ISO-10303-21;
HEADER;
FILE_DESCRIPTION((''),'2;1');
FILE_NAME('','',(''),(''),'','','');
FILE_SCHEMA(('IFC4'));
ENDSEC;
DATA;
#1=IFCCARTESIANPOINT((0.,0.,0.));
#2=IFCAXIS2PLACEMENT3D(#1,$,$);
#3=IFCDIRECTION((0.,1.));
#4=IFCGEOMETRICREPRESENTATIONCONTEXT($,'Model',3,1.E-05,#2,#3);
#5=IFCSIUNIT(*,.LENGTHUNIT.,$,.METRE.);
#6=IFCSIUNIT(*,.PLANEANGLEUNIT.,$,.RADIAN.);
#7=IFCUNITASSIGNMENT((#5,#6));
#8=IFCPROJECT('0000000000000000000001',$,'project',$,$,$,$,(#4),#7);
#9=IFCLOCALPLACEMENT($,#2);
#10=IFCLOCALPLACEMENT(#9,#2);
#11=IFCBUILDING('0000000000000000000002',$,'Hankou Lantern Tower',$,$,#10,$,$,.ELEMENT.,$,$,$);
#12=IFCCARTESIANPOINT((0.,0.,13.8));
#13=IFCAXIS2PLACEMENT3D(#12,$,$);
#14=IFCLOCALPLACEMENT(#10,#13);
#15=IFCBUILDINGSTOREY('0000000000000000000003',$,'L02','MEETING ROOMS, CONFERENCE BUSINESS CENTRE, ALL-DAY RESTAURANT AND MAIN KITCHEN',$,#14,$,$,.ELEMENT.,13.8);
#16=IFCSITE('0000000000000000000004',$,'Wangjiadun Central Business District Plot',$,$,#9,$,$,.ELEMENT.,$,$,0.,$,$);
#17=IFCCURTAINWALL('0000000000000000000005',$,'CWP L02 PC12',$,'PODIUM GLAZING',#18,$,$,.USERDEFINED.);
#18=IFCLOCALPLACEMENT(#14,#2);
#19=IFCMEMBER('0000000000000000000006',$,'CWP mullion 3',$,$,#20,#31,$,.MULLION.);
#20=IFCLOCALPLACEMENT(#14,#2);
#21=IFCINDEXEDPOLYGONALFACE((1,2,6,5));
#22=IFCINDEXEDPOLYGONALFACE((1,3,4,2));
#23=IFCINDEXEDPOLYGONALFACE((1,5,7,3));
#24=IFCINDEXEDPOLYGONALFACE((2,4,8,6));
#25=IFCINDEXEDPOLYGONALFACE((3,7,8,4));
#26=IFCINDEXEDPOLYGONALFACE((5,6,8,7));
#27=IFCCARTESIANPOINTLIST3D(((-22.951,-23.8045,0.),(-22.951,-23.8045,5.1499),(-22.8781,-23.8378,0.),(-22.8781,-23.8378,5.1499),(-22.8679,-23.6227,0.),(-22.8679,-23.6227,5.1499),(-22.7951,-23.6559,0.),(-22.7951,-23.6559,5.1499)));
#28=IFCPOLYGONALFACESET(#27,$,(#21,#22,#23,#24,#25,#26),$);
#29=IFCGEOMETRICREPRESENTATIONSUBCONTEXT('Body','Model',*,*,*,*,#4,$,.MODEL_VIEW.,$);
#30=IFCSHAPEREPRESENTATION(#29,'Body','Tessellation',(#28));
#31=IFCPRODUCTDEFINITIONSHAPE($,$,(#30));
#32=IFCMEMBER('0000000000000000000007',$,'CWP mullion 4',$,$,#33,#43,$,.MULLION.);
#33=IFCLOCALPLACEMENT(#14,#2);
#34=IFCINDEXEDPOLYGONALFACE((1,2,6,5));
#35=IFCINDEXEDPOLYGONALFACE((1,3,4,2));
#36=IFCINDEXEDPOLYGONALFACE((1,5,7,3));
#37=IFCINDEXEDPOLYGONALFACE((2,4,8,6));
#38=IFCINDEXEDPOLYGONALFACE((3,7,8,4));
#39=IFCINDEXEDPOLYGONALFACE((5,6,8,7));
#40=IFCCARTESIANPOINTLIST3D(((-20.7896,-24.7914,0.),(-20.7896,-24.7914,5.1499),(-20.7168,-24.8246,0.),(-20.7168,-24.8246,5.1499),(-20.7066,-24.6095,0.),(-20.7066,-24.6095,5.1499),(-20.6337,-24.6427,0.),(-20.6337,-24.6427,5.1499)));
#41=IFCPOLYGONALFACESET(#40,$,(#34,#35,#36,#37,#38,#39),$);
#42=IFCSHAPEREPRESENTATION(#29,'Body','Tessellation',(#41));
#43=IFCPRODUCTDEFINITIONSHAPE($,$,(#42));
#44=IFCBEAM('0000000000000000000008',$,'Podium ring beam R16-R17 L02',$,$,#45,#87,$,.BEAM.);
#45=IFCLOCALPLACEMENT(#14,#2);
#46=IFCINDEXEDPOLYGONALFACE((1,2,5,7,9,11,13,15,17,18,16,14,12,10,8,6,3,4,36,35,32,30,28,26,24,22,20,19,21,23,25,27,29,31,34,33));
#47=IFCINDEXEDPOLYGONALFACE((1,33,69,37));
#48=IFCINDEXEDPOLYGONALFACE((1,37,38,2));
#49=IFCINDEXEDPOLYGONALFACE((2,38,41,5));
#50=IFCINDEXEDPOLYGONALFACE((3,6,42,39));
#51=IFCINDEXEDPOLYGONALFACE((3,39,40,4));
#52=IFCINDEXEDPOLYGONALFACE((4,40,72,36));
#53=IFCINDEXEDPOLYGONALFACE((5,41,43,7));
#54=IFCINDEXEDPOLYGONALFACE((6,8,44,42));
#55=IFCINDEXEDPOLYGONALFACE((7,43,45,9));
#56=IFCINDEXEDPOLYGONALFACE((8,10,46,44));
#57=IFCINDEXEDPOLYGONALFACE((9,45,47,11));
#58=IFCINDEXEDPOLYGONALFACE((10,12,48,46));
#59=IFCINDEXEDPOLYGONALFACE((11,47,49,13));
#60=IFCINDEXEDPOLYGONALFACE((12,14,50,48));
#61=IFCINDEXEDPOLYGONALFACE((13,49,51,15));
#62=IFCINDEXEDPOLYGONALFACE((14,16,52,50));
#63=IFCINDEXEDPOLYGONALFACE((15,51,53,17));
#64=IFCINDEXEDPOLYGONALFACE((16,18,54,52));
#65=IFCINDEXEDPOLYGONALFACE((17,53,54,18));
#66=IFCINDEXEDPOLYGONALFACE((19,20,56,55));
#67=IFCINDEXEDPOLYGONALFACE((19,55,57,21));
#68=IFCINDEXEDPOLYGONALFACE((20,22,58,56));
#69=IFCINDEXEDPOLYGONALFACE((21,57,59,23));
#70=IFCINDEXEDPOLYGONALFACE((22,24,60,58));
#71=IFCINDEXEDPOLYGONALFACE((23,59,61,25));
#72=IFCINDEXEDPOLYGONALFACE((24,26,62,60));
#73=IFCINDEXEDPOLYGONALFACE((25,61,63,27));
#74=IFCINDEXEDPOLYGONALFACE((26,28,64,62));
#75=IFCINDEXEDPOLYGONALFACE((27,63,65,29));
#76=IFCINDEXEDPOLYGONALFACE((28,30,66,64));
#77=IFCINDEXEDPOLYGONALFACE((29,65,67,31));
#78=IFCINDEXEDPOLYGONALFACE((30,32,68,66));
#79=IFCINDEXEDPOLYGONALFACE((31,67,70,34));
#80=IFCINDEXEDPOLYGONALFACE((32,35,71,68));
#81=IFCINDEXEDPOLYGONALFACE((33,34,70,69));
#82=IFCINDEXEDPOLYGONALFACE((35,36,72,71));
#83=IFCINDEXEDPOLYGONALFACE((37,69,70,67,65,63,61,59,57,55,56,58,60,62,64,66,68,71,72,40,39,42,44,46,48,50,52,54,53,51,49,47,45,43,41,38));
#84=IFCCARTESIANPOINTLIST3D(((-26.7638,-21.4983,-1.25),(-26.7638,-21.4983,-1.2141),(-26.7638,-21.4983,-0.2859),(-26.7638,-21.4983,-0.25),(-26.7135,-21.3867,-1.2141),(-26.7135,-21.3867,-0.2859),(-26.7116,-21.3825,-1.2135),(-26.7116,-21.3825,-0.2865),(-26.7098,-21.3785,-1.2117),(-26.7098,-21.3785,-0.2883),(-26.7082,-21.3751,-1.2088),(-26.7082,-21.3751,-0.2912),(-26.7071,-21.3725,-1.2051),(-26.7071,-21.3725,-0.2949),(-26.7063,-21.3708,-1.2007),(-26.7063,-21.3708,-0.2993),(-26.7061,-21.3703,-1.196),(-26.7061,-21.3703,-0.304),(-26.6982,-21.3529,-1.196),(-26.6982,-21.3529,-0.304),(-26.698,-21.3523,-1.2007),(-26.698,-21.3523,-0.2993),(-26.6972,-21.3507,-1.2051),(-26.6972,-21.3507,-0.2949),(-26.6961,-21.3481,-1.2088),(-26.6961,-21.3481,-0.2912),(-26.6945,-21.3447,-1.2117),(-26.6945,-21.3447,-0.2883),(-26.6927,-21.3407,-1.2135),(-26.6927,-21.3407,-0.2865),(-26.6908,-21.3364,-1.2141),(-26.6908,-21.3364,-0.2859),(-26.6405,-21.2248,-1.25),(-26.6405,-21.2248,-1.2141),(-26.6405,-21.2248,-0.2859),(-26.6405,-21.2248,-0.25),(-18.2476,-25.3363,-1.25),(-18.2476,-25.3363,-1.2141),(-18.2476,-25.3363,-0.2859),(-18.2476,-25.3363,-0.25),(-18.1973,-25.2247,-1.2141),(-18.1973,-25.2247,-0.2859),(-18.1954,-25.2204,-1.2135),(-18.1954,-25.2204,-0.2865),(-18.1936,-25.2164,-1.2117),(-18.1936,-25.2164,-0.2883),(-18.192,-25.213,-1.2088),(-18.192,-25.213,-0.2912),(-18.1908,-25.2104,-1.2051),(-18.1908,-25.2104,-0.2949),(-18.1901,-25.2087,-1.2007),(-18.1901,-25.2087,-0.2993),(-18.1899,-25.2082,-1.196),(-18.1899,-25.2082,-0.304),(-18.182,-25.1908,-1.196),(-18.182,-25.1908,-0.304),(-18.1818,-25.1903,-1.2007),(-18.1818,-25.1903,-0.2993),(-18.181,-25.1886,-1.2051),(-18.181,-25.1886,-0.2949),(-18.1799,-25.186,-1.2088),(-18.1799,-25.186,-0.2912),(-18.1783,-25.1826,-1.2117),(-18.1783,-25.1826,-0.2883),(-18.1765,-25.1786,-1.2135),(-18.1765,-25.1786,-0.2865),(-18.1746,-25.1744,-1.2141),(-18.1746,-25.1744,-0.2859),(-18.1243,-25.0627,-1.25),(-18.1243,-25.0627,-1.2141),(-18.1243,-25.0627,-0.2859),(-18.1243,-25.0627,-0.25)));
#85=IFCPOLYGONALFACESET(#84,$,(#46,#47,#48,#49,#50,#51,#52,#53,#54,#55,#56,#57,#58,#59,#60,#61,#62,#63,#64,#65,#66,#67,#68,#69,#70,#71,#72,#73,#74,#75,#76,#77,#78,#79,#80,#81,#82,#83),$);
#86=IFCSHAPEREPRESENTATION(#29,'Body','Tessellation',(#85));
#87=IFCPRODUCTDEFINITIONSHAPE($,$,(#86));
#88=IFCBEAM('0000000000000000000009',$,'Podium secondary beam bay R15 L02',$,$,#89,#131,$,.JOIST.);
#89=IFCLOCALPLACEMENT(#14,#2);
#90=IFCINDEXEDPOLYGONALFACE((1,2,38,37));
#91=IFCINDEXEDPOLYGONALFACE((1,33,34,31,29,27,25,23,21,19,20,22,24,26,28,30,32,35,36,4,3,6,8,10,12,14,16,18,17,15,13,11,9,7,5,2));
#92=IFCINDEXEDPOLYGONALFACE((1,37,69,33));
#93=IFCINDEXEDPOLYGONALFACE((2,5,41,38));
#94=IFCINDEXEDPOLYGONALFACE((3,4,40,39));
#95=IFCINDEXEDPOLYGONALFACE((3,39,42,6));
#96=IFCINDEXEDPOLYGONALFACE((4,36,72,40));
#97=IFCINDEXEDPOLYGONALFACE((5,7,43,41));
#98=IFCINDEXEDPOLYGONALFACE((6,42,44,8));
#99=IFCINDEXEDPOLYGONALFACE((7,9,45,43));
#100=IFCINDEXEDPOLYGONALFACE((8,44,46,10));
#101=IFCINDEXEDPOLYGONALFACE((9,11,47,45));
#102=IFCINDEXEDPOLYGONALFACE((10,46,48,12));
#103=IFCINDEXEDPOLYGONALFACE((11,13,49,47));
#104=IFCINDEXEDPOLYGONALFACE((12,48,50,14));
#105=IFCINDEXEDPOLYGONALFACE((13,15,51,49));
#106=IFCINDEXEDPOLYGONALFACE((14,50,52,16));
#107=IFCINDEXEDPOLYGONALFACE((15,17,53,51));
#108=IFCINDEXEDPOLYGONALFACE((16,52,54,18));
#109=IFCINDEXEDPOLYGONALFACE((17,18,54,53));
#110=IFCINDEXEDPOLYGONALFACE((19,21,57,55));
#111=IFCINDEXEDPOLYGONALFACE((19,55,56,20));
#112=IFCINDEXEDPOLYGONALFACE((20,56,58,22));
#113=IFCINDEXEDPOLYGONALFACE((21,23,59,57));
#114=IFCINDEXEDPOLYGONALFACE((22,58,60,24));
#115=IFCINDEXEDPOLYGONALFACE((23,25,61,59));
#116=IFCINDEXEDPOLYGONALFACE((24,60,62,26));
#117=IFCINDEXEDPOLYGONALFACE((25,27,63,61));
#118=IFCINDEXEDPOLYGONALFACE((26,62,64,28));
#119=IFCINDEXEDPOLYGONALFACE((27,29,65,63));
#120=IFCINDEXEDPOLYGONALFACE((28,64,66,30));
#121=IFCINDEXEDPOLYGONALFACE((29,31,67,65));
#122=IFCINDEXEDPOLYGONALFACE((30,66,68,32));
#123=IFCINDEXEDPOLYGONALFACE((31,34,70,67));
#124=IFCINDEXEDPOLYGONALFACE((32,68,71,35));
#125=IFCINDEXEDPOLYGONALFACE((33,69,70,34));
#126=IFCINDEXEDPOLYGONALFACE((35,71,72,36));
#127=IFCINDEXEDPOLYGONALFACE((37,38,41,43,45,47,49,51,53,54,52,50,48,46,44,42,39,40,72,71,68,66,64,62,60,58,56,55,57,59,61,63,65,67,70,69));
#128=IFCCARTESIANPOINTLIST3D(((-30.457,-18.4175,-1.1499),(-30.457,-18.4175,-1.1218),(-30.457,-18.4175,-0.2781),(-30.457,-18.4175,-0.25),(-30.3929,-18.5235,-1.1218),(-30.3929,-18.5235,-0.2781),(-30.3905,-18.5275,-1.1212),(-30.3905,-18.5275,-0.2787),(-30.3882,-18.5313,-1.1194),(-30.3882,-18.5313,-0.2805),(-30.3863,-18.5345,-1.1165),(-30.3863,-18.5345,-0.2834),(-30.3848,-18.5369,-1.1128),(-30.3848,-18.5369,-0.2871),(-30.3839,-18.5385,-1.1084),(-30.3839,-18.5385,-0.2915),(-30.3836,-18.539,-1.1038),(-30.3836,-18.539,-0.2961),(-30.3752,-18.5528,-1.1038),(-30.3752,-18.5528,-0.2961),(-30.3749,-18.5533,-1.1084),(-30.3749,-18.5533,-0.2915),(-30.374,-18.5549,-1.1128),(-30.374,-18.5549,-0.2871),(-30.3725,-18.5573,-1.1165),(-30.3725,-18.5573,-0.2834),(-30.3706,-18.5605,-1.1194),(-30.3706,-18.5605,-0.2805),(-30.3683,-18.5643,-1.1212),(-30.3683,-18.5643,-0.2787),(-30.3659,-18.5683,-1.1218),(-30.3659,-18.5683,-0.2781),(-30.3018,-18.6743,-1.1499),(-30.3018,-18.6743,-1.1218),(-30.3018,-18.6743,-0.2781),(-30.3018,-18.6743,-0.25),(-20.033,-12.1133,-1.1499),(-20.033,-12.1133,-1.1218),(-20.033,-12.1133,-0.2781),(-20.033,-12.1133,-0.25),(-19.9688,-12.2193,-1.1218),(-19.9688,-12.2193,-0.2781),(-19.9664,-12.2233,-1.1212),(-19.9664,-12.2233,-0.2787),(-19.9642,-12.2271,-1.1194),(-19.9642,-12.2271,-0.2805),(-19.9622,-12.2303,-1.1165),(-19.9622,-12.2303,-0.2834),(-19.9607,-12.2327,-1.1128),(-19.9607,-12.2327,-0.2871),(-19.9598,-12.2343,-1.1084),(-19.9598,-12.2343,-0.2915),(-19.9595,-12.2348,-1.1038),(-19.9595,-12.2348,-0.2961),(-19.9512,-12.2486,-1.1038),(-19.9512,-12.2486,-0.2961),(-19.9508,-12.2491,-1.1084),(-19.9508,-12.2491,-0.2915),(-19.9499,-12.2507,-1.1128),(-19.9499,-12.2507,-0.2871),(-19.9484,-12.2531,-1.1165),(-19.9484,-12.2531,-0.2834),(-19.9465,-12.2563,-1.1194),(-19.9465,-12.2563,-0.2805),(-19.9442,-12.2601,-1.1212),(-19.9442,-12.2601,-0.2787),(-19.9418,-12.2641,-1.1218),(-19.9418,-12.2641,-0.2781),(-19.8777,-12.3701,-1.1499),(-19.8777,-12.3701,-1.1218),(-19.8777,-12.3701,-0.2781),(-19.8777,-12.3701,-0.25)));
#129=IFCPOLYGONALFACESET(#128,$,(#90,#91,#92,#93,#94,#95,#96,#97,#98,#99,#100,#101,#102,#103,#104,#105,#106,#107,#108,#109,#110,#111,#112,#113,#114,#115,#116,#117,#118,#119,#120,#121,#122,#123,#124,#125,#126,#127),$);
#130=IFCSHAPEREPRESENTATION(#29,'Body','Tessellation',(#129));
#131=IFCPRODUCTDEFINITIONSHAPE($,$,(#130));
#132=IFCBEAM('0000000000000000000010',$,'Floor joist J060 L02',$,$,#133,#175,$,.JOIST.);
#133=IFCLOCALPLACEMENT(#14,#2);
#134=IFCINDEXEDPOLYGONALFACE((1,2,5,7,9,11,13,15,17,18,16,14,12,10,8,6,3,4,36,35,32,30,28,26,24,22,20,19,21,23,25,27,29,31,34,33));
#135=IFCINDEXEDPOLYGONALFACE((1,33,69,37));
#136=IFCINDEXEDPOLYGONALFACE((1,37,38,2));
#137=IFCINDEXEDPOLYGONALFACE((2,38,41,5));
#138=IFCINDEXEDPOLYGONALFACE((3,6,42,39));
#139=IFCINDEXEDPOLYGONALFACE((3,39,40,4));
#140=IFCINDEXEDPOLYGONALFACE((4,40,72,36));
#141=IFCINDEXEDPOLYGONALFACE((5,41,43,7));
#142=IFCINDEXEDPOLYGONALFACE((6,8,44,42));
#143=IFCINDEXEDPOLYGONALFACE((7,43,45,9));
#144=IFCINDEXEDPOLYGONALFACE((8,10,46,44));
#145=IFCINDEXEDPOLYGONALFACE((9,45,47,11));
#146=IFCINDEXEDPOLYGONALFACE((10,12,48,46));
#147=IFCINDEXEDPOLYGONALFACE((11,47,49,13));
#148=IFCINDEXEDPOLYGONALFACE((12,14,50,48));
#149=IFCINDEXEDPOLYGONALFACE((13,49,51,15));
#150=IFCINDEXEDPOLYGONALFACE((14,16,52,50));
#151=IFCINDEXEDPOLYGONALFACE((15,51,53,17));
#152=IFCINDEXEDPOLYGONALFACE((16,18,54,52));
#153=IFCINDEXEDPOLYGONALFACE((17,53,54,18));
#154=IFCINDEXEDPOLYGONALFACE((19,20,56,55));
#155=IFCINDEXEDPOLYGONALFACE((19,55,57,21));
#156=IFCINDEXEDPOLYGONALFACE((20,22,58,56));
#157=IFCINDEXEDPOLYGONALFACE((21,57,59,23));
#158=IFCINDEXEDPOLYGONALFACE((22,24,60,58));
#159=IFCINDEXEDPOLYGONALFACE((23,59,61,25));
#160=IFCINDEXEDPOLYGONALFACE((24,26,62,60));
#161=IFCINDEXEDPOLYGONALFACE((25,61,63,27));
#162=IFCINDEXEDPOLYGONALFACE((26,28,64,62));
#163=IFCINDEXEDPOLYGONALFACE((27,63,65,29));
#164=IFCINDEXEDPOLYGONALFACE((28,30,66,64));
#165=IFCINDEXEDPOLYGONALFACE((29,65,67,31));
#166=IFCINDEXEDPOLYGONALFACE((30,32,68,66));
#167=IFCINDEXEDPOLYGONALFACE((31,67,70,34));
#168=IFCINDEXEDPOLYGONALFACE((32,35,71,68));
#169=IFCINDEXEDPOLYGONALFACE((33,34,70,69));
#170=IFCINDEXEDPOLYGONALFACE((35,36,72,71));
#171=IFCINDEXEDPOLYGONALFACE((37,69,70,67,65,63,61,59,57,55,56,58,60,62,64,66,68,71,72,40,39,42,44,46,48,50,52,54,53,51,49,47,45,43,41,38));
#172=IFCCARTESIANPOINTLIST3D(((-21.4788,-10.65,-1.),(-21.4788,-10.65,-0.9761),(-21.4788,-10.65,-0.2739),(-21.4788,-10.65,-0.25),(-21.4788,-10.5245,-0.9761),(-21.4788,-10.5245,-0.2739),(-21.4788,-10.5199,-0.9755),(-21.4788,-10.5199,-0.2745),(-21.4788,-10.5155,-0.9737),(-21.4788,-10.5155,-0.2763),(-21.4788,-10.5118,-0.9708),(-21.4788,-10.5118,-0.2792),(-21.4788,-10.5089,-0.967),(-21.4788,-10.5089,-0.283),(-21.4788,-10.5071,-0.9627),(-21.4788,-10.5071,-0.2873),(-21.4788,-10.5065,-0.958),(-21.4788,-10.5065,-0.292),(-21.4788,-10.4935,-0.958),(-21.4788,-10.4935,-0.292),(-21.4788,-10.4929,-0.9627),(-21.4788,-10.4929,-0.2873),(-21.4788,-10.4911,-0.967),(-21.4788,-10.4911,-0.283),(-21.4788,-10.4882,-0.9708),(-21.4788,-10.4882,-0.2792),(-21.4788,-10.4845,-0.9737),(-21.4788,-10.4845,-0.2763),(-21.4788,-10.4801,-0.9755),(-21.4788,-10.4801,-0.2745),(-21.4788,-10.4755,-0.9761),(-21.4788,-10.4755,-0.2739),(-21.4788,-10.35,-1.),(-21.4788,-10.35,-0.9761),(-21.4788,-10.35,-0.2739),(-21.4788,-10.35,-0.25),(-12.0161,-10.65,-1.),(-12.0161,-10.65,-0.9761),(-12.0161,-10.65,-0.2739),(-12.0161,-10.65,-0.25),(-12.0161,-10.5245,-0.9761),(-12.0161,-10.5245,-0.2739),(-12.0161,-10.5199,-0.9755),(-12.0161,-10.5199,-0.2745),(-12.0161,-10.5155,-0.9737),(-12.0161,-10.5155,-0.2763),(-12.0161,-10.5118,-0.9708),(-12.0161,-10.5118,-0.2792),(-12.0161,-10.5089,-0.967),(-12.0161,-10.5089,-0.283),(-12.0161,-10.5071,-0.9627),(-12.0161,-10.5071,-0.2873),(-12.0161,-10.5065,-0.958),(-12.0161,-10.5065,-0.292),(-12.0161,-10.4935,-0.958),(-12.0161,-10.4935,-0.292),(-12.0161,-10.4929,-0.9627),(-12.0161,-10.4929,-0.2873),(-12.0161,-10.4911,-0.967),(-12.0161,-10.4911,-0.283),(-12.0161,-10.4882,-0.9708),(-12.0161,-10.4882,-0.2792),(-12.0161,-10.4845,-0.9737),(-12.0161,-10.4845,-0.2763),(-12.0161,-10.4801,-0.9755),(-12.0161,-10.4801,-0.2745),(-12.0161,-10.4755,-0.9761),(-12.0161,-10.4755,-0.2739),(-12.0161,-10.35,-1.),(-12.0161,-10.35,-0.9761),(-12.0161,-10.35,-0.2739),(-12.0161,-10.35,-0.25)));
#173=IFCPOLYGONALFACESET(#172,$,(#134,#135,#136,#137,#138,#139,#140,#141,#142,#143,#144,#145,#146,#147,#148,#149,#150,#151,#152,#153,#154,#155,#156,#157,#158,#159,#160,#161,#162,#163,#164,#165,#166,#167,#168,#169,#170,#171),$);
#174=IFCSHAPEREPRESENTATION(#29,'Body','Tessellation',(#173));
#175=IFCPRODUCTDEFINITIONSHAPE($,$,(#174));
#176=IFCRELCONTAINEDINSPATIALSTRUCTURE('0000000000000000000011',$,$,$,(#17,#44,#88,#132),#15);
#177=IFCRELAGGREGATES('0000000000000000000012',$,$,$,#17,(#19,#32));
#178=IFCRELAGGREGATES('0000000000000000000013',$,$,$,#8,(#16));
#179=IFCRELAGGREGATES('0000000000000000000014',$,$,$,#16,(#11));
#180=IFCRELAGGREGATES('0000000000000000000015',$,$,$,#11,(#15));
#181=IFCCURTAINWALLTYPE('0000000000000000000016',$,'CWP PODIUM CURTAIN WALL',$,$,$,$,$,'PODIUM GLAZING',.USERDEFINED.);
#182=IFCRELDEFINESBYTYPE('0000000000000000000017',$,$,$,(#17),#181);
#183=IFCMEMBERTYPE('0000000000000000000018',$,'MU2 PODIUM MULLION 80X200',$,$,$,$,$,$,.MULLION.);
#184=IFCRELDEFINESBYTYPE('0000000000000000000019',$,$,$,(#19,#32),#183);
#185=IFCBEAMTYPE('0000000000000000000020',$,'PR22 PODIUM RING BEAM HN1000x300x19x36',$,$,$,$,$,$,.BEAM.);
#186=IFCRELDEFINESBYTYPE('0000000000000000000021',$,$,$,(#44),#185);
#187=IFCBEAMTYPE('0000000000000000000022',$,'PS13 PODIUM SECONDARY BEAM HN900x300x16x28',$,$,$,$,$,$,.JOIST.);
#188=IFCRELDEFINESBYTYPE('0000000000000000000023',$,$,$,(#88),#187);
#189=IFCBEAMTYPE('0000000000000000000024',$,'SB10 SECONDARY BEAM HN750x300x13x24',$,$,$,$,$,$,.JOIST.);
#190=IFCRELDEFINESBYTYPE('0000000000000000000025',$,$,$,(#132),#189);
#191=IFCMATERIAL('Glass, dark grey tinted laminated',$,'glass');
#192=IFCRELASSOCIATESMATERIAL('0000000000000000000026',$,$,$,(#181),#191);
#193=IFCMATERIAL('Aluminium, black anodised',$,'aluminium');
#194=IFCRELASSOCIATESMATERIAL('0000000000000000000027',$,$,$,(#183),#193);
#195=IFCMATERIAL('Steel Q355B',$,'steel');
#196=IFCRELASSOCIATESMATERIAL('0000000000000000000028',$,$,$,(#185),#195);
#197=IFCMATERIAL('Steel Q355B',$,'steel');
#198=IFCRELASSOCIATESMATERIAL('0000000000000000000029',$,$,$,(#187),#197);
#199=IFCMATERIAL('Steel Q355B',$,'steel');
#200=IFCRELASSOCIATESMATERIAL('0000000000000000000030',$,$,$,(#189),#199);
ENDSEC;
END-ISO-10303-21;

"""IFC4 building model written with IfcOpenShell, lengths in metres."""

from ifc_helpers import new_model, si_unit, direction, frame, origin, origin_2d, place, context, subcontext, project, spatial, rectangle, i_section, extrude, material, material_profile, profile_set, type_object, element, aggregate, save


model = new_model("IFC4")

# Units and contexts
model_context = context("Model", 3, precision=1e-05, world=origin(), true_north=direction((0.0, 1.0)))
body_context = subcontext(model_context, "Body", "Model", "MODEL_VIEW")
ifc_project = project(units=[si_unit("LENGTHUNIT", "METRE"), si_unit("PLANEANGLEUNIT", "RADIAN")], contexts=[model_context])

# Site, building, storey
site_placement = place(None, origin())
site = spatial("IfcSite", under=ifc_project, at=site_placement, Name="Wangjiadun Central Business District Plot", CompositionType="ELEMENT", RefElevation=0.0)
building_placement = place(site_placement, origin())
building = spatial("IfcBuilding", under=site, at=building_placement, Name="Hankou Lantern Tower", CompositionType="ELEMENT")
storey_placement = place(building_placement, frame((0.0, 0.0, 13.8)))
storey = spatial("IfcBuildingStorey", under=building, at=storey_placement, Name="L02", Description="MEETING ROOMS, CONFERENCE BUSINESS CENTRE, ALL-DAY RESTAURANT AND MAIN KITCHEN", CompositionType="ELEMENT", Elevation=13.8)

# Curtain wall, members
ifc_material_1 = material(Name="Glass, dark grey tinted laminated", Category="glass")
curtain_wall_type = type_object("IfcCurtainWallType", Name="CWP PODIUM CURTAIN WALL", ElementType="PODIUM GLAZING", PredefinedType="USERDEFINED", material=ifc_material_1)
curtain_wall_placement = place(storey_placement, origin())
curtain_wall = element("IfcCurtainWall", 1, at=curtain_wall_placement, inside=storey, type_object=curtain_wall_type, Name="CWP L02 PC12", ObjectType="PODIUM GLAZING", PredefinedType="USERDEFINED")
ifc_material_2 = material(Name="Aluminium, black anodised", Category="aluminium")
ifc_material_profile_1 = material_profile(ifc_material_2, rectangle(XDim=0.0801, YDim=0.2, at=origin_2d()), Name="MU2 80X200")
ifc_profile_set_1 = profile_set([ifc_material_profile_1], Name="Aluminium, black anodised")
member_type_1 = type_object("IfcMemberType", Name="MU2 PODIUM MULLION 80X200", PredefinedType="MULLION", material=ifc_profile_set_1)
member_1_placement = place(storey_placement, frame((-22.873, -23.7302, 0.0), z_axis=(0.0, 0.0, 1.0), x_axis=(0.90967, -0.415332, 0.0)))
member_1 = element("IfcMember", 2, at=member_1_placement, type_object=member_type_1, Name="CWP mullion 3", PredefinedType="MULLION", context=body_context, shape_type="SweptSolid", body=[
    extrude(rectangle(XDim=0.0801, YDim=0.2, at=origin_2d()), origin(), (0.0, 0.0, 1.0), 5.1499),
])
member_2_placement = place(storey_placement, frame((-20.7117, -24.717, 0.0), z_axis=(0.0, 0.0, 1.0), x_axis=(0.90967, -0.415332, 0.0)))
member_2 = element("IfcMember", 3, at=member_2_placement, type_object=member_type_1, Name="CWP mullion 4", PredefinedType="MULLION", context=body_context, shape_type="SweptSolid", body=[
    extrude(rectangle(XDim=0.0801, YDim=0.2, at=origin_2d()), origin(), (0.0, 0.0, 1.0), 5.1499),
])

# Beams
ifc_material_3 = material(Name="Steel Q355B", Category="steel")
ifc_material_profile_2 = material_profile(ifc_material_3, i_section(OverallWidth=0.3, OverallDepth=1.0, WebThickness=0.019, FlangeThickness=0.0359, FilletRadius=0.0181, at=origin_2d()), Name="HN1000x300x19x36")
ifc_profile_set_2 = profile_set([ifc_material_profile_2], Name="Steel Q355B")
beam_type_1 = type_object("IfcBeamType", Name="PR22 PODIUM RING BEAM HN1000x300x19x36", PredefinedType="BEAM", material=ifc_profile_set_2)
beam_1_placement = place(storey_placement, frame((-26.7021, -21.3616, -0.75), z_axis=(0.911695, -0.410867, 0.0), x_axis=(0.410867, 0.911695, 0.0)))
element("IfcBeam", 4, at=beam_1_placement, inside=storey, type_object=beam_type_1, Name="Podium ring beam R16-R17 L02", PredefinedType="BEAM", context=body_context, shape_type="SweptSolid", body=[
    extrude(i_section(OverallWidth=0.3, OverallDepth=1.0, WebThickness=0.019, FlangeThickness=0.0359, FilletRadius=0.0181, at=origin_2d()), origin(), (0.0, 0.0, 1.0), 9.3411),
])
ifc_material_4 = material(Name="Steel Q355B", Category="steel")
ifc_material_profile_3 = material_profile(ifc_material_4, i_section(OverallWidth=0.3, OverallDepth=0.8999, WebThickness=0.0161, FlangeThickness=0.0281, FilletRadius=0.0181, at=origin_2d()), Name="HN900x300x16x28")
ifc_profile_set_3 = profile_set([ifc_material_profile_3], Name="Steel Q355B")
beam_type_2 = type_object("IfcBeamType", Name="PS13 PODIUM SECONDARY BEAM HN900x300x16x28", PredefinedType="JOIST", material=ifc_profile_set_3)
beam_2_placement = place(storey_placement, frame((-19.9553, -12.2417, -0.7), z_axis=(-0.855686, -0.517496, 0.0), x_axis=(0.517496, -0.855686, 0.0)))
element("IfcBeam", 5, at=beam_2_placement, inside=storey, type_object=beam_type_2, Name="Podium secondary beam bay R15 L02", PredefinedType="JOIST", context=body_context, shape_type="SweptSolid", body=[
    extrude(i_section(OverallWidth=0.3, OverallDepth=0.8999, WebThickness=0.0161, FlangeThickness=0.0281, FilletRadius=0.0181, at=origin_2d()), origin(), (0.0, 0.0, 1.0), 12.1821),
])
ifc_material_5 = material(Name="Steel Q355B", Category="steel")
ifc_material_profile_4 = material_profile(ifc_material_5, i_section(OverallWidth=0.3, OverallDepth=0.75, WebThickness=0.0129, FlangeThickness=0.0239, FilletRadius=0.0181, at=origin_2d()), Name="HN750x300x13x24")
ifc_profile_set_4 = profile_set([ifc_material_profile_4], Name="Steel Q355B")
beam_type_3 = type_object("IfcBeamType", Name="SB10 SECONDARY BEAM HN750x300x13x24", PredefinedType="JOIST", material=ifc_profile_set_4)
beam_3_placement = place(storey_placement, frame((-21.4788, -10.5, -0.625), z_axis=(1.0, 0.0, 0.0), x_axis=(0.0, 1.0, 0.0)))
element("IfcBeam", 6, at=beam_3_placement, inside=storey, type_object=beam_type_3, Name="Floor joist J060 L02", PredefinedType="JOIST", context=body_context, shape_type="SweptSolid", body=[
    extrude(i_section(OverallWidth=0.3, OverallDepth=0.75, WebThickness=0.0129, FlangeThickness=0.0239, FilletRadius=0.0181, at=origin_2d()), origin(), (0.0, 0.0, 1.0), 9.4626),
])

aggregate(curtain_wall, [member_1, member_2])

save(model, "model.ifc")
